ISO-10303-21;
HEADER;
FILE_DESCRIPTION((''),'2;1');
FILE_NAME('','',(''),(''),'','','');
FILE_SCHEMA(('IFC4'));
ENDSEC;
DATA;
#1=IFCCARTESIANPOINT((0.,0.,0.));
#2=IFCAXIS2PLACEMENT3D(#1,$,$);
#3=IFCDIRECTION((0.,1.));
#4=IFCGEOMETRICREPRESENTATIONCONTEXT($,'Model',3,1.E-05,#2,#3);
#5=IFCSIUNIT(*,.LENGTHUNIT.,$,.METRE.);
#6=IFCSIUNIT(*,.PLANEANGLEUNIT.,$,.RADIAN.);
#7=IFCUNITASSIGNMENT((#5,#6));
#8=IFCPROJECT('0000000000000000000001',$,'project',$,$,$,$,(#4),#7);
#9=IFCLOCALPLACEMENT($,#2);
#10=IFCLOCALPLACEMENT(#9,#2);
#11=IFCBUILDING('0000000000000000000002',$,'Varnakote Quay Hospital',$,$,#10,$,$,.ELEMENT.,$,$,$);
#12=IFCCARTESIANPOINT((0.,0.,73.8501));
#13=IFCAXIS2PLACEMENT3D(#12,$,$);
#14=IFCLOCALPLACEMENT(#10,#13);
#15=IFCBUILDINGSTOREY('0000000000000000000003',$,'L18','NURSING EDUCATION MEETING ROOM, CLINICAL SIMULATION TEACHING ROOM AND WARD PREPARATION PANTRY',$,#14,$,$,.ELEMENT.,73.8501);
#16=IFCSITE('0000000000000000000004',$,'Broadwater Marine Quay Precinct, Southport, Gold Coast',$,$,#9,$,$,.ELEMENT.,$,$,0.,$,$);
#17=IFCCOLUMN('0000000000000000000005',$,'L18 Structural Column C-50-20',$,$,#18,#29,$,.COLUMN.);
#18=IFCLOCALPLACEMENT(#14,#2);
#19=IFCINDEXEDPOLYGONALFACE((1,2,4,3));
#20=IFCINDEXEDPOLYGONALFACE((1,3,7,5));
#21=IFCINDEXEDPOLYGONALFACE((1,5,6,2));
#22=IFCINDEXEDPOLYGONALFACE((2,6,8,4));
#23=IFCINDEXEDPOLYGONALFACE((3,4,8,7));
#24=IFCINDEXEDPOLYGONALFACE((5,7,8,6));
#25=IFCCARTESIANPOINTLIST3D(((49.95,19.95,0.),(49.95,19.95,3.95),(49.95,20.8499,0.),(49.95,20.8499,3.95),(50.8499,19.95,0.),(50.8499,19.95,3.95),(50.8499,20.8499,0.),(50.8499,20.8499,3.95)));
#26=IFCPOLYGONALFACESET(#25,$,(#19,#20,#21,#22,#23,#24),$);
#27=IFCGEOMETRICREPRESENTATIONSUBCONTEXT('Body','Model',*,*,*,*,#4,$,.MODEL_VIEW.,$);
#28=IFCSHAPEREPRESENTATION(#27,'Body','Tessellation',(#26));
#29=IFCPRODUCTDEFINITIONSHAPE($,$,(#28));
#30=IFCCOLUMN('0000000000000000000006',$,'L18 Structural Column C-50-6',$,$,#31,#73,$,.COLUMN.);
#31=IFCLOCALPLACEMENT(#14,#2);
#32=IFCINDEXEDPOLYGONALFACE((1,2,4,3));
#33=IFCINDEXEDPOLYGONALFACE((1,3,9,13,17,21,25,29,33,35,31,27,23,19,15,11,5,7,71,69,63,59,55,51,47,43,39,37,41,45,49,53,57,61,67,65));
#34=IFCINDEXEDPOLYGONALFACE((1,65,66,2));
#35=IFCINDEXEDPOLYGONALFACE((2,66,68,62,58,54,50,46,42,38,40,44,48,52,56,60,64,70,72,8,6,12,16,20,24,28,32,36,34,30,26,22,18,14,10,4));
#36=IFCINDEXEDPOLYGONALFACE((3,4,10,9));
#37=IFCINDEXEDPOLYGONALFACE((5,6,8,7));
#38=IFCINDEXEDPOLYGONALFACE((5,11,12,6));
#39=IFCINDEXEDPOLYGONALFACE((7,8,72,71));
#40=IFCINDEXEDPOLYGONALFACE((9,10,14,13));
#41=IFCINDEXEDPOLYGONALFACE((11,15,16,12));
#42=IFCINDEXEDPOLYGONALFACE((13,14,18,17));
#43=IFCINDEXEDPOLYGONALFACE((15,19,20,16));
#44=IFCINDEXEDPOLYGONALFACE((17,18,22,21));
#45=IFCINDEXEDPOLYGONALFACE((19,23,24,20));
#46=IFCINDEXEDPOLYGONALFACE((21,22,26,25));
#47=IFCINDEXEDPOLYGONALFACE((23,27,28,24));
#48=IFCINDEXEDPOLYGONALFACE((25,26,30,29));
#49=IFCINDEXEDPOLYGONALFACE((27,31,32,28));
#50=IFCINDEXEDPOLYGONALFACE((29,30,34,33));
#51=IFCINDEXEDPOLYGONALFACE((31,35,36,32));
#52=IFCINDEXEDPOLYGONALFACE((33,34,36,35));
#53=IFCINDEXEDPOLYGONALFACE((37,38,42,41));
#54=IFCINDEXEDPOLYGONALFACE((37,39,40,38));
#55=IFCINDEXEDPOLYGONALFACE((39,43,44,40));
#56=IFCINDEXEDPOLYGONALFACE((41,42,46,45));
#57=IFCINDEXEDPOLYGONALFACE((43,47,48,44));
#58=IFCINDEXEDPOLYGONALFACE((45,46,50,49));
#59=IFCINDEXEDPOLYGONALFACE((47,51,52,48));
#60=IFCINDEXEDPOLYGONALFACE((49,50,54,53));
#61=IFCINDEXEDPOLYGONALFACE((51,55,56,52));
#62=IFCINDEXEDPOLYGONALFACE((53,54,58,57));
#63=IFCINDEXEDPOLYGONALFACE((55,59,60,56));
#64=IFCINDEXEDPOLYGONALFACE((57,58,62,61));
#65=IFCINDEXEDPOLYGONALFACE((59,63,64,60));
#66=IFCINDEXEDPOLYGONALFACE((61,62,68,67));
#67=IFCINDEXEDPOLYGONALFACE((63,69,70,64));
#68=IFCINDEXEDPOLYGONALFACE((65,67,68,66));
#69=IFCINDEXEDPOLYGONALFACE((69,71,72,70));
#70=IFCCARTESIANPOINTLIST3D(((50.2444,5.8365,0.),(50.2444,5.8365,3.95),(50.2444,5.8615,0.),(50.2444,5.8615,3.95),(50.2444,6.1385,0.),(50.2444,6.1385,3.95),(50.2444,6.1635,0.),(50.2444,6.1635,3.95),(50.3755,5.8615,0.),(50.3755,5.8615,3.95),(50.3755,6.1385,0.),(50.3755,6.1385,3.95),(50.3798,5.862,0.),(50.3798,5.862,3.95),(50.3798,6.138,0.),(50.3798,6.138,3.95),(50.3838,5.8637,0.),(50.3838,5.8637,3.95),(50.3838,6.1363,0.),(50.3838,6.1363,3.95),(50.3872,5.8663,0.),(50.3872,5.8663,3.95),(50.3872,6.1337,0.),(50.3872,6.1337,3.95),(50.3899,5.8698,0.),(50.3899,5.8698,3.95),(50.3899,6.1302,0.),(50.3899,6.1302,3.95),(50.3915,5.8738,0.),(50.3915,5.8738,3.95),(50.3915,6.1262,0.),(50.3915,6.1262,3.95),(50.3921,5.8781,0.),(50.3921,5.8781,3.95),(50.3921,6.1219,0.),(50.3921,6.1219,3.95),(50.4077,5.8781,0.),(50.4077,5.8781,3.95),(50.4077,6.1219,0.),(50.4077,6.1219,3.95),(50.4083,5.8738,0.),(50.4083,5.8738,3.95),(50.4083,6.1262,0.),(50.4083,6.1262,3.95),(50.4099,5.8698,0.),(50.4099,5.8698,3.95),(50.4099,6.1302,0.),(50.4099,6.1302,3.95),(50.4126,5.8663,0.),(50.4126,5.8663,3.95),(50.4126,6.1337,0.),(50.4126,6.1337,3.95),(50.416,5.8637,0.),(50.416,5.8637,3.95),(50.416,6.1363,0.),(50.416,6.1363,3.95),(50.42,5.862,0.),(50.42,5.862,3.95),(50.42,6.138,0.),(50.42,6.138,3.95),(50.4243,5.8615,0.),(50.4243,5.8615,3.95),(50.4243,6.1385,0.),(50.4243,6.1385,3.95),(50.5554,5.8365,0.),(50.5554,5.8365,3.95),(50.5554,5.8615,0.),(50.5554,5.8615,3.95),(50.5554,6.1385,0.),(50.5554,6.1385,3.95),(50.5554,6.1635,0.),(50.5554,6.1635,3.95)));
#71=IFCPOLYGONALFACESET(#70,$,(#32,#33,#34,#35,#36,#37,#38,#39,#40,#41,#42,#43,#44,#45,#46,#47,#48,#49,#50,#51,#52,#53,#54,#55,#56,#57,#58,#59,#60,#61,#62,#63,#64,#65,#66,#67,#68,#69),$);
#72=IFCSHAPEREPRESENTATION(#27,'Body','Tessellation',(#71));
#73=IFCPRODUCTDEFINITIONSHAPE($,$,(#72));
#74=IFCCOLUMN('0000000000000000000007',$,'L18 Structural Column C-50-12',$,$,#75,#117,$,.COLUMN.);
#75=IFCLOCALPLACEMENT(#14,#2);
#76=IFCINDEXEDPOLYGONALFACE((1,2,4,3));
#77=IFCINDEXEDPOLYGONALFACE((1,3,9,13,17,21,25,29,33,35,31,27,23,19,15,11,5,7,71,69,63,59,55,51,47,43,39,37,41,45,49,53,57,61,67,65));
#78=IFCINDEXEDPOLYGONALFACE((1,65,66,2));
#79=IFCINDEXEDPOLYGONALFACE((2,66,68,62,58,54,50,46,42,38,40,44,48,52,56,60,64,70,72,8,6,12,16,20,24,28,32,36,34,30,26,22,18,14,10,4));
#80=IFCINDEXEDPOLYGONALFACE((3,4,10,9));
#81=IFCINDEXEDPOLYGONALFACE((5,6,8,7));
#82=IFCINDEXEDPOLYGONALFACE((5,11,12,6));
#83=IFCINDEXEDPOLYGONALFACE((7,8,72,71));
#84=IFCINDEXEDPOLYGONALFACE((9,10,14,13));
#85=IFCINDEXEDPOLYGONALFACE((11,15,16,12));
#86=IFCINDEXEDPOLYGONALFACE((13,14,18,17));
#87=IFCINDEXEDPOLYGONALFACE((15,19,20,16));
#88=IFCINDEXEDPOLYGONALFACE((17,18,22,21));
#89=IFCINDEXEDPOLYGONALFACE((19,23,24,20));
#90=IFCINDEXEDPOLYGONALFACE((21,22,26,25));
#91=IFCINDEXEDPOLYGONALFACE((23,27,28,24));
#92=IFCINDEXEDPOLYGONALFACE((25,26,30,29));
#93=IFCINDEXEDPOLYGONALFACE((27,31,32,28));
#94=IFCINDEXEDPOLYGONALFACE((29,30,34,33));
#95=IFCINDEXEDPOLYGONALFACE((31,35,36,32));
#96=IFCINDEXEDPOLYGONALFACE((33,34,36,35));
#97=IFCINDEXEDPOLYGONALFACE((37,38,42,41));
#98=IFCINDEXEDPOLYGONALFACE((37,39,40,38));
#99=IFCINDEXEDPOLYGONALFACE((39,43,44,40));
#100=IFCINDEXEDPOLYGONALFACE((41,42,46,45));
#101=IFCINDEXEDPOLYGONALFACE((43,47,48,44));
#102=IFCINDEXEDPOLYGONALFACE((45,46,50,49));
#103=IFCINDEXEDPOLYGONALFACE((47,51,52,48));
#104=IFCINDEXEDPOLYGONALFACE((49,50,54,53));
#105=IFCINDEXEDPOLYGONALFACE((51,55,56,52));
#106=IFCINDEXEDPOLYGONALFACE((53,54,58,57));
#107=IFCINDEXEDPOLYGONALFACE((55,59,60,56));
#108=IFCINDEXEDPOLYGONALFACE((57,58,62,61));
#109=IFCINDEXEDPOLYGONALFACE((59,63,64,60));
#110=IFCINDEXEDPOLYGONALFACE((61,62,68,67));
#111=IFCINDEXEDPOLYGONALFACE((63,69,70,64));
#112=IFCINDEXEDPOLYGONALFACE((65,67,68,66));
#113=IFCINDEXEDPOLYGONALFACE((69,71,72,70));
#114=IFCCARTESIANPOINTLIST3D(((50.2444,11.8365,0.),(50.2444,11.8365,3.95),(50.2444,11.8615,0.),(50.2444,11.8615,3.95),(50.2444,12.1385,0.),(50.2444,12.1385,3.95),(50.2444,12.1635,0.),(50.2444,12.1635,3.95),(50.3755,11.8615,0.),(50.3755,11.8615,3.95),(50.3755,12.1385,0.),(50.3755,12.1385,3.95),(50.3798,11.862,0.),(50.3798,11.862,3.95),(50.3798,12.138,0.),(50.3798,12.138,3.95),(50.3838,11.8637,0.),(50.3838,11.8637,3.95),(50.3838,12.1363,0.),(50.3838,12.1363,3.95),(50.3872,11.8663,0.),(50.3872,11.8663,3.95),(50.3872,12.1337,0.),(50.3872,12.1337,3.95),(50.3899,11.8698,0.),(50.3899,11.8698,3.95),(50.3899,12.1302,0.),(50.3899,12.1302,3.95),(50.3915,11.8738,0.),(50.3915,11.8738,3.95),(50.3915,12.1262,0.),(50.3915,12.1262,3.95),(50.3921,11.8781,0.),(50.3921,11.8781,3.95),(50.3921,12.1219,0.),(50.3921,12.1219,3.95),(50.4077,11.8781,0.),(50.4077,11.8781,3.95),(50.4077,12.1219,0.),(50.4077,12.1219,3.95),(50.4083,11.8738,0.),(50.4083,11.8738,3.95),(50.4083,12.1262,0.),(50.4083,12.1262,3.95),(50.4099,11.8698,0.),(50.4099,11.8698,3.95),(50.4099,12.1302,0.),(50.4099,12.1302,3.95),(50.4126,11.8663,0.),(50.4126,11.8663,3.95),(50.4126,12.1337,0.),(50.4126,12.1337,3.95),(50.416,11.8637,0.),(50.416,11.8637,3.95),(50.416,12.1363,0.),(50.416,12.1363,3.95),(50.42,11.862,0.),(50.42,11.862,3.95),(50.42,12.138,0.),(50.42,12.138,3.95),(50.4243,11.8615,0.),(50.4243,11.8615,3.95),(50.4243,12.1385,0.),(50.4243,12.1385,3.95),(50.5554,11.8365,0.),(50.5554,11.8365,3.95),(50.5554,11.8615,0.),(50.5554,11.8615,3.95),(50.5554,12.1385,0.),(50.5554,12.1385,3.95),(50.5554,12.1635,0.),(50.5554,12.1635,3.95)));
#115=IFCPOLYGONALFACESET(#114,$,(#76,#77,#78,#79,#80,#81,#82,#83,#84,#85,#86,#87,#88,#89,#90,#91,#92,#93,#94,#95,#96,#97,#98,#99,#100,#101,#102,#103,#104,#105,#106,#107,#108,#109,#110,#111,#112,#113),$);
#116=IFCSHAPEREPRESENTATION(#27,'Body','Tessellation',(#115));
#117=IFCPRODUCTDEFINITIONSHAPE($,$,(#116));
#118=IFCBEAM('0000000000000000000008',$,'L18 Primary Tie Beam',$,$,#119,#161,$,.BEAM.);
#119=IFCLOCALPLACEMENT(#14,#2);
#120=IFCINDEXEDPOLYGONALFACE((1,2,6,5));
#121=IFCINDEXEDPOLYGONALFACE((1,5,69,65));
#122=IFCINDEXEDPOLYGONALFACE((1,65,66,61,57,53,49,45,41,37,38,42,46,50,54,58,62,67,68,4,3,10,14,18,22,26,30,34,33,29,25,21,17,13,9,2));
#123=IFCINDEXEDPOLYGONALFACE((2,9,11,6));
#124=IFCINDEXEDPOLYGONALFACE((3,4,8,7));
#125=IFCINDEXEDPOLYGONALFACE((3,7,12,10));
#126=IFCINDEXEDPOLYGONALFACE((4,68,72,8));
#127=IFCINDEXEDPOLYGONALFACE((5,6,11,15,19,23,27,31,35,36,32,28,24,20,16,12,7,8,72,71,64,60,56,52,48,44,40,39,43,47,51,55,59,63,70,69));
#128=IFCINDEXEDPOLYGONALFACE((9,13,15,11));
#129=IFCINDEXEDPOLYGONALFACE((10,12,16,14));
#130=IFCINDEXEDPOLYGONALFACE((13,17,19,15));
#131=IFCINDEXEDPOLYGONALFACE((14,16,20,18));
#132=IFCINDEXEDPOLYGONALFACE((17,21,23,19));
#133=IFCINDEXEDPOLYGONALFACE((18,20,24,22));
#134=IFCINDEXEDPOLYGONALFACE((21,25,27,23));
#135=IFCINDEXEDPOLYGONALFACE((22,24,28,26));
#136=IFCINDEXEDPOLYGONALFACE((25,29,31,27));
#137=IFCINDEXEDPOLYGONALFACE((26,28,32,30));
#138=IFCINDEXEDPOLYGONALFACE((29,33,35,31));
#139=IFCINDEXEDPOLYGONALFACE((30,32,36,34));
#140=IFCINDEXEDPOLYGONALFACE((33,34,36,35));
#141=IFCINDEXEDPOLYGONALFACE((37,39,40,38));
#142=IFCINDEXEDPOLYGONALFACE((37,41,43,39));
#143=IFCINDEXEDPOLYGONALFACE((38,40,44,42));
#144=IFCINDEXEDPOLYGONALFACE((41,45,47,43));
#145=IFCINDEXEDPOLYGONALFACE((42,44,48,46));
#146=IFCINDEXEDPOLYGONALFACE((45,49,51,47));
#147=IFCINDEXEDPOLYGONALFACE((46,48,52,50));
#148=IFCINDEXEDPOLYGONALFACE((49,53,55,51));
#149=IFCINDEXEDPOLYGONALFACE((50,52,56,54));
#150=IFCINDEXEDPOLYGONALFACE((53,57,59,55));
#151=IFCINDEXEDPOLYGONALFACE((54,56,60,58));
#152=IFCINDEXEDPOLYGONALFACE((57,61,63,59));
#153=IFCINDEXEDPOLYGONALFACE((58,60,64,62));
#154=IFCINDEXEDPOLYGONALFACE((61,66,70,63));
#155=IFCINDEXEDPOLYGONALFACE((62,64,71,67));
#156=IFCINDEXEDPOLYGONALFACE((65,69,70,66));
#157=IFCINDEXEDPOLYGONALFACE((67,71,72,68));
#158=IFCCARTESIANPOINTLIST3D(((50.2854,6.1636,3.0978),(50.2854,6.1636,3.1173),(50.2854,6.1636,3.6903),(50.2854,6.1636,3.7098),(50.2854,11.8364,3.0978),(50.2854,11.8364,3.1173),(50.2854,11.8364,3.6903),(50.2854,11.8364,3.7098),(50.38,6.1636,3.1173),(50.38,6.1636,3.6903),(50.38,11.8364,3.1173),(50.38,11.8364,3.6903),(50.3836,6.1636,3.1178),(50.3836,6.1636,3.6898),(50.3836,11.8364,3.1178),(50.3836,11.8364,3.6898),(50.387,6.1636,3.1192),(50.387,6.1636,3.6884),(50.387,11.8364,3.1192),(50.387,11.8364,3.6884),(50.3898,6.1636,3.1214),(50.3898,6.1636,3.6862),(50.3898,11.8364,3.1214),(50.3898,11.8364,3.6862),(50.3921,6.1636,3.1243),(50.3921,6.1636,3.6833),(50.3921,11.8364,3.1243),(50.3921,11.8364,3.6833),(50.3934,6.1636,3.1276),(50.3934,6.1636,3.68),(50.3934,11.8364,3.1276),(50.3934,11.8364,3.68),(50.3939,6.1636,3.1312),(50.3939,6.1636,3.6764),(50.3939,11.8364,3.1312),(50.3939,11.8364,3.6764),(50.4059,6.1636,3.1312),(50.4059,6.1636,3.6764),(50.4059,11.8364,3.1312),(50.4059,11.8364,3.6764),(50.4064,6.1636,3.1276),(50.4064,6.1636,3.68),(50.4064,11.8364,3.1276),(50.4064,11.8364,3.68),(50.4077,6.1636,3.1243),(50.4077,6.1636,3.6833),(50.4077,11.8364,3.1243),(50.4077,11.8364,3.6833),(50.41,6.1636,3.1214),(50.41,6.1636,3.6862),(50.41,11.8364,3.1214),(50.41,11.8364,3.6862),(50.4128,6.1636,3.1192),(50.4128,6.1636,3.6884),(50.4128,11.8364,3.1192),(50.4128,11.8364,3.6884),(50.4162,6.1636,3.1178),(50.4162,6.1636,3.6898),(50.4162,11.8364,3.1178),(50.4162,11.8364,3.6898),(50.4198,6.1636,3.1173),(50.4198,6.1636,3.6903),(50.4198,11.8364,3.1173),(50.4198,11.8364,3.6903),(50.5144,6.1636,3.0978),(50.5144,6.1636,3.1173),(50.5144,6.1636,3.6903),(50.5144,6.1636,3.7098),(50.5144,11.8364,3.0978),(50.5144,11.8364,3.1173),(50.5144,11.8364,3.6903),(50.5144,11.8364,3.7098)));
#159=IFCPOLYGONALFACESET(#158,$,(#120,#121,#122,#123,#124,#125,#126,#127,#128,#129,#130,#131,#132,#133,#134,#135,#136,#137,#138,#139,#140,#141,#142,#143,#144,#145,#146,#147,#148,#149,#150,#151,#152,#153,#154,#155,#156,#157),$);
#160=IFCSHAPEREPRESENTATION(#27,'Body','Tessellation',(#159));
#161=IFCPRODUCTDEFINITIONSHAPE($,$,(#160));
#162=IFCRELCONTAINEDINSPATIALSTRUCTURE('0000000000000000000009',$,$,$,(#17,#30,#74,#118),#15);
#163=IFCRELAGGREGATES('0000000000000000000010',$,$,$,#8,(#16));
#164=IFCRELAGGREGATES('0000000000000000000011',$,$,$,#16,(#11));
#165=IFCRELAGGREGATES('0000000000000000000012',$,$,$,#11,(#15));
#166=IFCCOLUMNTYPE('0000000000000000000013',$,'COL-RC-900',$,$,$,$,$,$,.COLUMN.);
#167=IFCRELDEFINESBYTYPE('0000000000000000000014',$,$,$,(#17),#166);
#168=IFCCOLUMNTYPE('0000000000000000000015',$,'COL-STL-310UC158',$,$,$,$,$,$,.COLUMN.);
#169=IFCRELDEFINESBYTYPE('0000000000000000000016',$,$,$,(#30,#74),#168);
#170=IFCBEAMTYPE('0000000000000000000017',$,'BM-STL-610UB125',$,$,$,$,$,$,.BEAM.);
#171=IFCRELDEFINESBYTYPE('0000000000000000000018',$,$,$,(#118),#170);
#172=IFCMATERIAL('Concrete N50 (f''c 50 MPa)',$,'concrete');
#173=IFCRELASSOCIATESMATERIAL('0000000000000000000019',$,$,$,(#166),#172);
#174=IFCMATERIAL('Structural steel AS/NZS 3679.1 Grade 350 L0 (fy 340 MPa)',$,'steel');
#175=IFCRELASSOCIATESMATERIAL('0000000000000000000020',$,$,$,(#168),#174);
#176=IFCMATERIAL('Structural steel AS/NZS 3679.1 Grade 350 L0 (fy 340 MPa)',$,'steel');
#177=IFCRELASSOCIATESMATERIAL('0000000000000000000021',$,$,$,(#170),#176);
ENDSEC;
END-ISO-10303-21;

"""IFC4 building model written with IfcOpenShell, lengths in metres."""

from ifc_helpers import new_model, si_unit, direction, frame, origin, origin_2d, place, context, subcontext, project, spatial, rectangle, i_section, extrude, material, material_profile, profile_set, type_object, element, save


model = new_model("IFC4")

# Units and contexts
model_context = context("Model", 3, precision=1e-05, world=origin(), true_north=direction((0.0, 1.0)))
body_context = subcontext(model_context, "Body", "Model", "MODEL_VIEW")
ifc_project = project(units=[si_unit("LENGTHUNIT", "METRE"), si_unit("PLANEANGLEUNIT", "RADIAN")], contexts=[model_context])

# Site, building, storey
site_placement = place(None, origin())
site = spatial("IfcSite", under=ifc_project, at=site_placement, Name="Broadwater Marine Quay Precinct, Southport, Gold Coast", CompositionType="ELEMENT", RefElevation=0.0)
building_placement = place(site_placement, origin())
building = spatial("IfcBuilding", under=site, at=building_placement, Name="Varnakote Quay Hospital", CompositionType="ELEMENT")
storey_placement = place(building_placement, frame((0.0, 0.0, 73.8501)))
storey = spatial("IfcBuildingStorey", under=building, at=storey_placement, Name="L18", Description="NURSING EDUCATION MEETING ROOM, CLINICAL SIMULATION TEACHING ROOM AND WARD PREPARATION PANTRY", CompositionType="ELEMENT", Elevation=73.8501)

# Columns
ifc_material_1 = material(Name="Concrete N50 (f'c 50 MPa)", Category="concrete")
ifc_material_profile_1 = material_profile(ifc_material_1, rectangle(XDim=0.8999, YDim=0.8999, at=origin_2d()), Name="RC-COL-900x900")
ifc_profile_set_1 = profile_set([ifc_material_profile_1], Name="Concrete N50 (f'c 50 MPa)")
column_type_1 = type_object("IfcColumnType", Name="COL-RC-900", PredefinedType="COLUMN", material=ifc_profile_set_1)
column_placement = place(storey_placement, frame((50.3999, 20.3999, 0.0), z_axis=(0.0, 0.0, 1.0), x_axis=(1.0, 0.0, 0.0)))
element("IfcColumn", 1, at=column_placement, inside=storey, type_object=column_type_1, Name="L18 Structural Column C-50-20", PredefinedType="COLUMN", context=body_context, shape_type="SweptSolid", body=[
    extrude(rectangle(XDim=0.8999, YDim=0.8999, at=origin_2d()), origin(), (0.0, 0.0, 1.0), 3.95),
])
ifc_material_2 = material(Name="Structural steel AS/NZS 3679.1 Grade 350 L0 (fy 340 MPa)", Category="steel")
ifc_material_profile_2 = material_profile(ifc_material_2, i_section(OverallWidth=0.311, OverallDepth=0.3269, WebThickness=0.0156, FlangeThickness=0.0249, FilletRadius=0.0166, at=origin_2d()), Name="310UC158")
ifc_profile_set_2 = profile_set([ifc_material_profile_2], Name="Structural steel AS/NZS 3679.1 Grade 350 L0 (fy 340 MPa)")
column_type_2 = type_object("IfcColumnType", Name="COL-STL-310UC158", PredefinedType="COLUMN", material=ifc_profile_set_2)
for number, where, z_axis, x_axis, name in (
    (2, (50.3999, 6.0, 0.0), (0.0, 0.0, 1.0), (1.0, 0.0, 0.0), "L18 Structural Column C-50-6"),
    (3, (50.3999, 12.0, 0.0), (0.0, 0.0, 1.0), (1.0, 0.0, 0.0), "L18 Structural Column C-50-12"),
):
    element("IfcColumn", number, at=place(storey_placement, frame(where, z_axis=z_axis, x_axis=x_axis)), inside=storey, type_object=column_type_2, Name=name, PredefinedType="COLUMN", context=body_context, shape_type="SweptSolid", body=[
        extrude(i_section(OverallWidth=0.311, OverallDepth=0.3269, WebThickness=0.0156, FlangeThickness=0.0249, FilletRadius=0.0166, at=origin_2d()), origin(), (0.0, 0.0, 1.0), 3.95),
    ])

# Beam
ifc_material_3 = material(Name="Structural steel AS/NZS 3679.1 Grade 350 L0 (fy 340 MPa)", Category="steel")
ifc_material_profile_3 = material_profile(ifc_material_3, i_section(OverallWidth=0.229, OverallDepth=0.6121, WebThickness=0.012, FlangeThickness=0.0195, FilletRadius=0.0139, at=origin_2d()), Name="610UB125")
ifc_profile_set_3 = profile_set([ifc_material_profile_3], Name="Structural steel AS/NZS 3679.1 Grade 350 L0 (fy 340 MPa)")
beam_type = type_object("IfcBeamType", Name="BM-STL-610UB125", PredefinedType="BEAM", material=ifc_profile_set_3)
beam_1_placement = place(storey_placement, frame((50.3999, 6.1636, 3.4038), z_axis=(0.0, 1.0, 0.0), x_axis=(-1.0, 0.0, 0.0)))
element("IfcBeam", 4, at=beam_1_placement, inside=storey, type_object=beam_type, Name="L18 Primary Tie Beam", PredefinedType="BEAM", context=body_context, shape_type="SweptSolid", body=[
    extrude(i_section(OverallWidth=0.229, OverallDepth=0.6121, WebThickness=0.012, FlangeThickness=0.0195, FilletRadius=0.0139, at=origin_2d()), origin(), (0.0, 0.0, 1.0), 5.6729),
])

save(model, "model.ifc")
